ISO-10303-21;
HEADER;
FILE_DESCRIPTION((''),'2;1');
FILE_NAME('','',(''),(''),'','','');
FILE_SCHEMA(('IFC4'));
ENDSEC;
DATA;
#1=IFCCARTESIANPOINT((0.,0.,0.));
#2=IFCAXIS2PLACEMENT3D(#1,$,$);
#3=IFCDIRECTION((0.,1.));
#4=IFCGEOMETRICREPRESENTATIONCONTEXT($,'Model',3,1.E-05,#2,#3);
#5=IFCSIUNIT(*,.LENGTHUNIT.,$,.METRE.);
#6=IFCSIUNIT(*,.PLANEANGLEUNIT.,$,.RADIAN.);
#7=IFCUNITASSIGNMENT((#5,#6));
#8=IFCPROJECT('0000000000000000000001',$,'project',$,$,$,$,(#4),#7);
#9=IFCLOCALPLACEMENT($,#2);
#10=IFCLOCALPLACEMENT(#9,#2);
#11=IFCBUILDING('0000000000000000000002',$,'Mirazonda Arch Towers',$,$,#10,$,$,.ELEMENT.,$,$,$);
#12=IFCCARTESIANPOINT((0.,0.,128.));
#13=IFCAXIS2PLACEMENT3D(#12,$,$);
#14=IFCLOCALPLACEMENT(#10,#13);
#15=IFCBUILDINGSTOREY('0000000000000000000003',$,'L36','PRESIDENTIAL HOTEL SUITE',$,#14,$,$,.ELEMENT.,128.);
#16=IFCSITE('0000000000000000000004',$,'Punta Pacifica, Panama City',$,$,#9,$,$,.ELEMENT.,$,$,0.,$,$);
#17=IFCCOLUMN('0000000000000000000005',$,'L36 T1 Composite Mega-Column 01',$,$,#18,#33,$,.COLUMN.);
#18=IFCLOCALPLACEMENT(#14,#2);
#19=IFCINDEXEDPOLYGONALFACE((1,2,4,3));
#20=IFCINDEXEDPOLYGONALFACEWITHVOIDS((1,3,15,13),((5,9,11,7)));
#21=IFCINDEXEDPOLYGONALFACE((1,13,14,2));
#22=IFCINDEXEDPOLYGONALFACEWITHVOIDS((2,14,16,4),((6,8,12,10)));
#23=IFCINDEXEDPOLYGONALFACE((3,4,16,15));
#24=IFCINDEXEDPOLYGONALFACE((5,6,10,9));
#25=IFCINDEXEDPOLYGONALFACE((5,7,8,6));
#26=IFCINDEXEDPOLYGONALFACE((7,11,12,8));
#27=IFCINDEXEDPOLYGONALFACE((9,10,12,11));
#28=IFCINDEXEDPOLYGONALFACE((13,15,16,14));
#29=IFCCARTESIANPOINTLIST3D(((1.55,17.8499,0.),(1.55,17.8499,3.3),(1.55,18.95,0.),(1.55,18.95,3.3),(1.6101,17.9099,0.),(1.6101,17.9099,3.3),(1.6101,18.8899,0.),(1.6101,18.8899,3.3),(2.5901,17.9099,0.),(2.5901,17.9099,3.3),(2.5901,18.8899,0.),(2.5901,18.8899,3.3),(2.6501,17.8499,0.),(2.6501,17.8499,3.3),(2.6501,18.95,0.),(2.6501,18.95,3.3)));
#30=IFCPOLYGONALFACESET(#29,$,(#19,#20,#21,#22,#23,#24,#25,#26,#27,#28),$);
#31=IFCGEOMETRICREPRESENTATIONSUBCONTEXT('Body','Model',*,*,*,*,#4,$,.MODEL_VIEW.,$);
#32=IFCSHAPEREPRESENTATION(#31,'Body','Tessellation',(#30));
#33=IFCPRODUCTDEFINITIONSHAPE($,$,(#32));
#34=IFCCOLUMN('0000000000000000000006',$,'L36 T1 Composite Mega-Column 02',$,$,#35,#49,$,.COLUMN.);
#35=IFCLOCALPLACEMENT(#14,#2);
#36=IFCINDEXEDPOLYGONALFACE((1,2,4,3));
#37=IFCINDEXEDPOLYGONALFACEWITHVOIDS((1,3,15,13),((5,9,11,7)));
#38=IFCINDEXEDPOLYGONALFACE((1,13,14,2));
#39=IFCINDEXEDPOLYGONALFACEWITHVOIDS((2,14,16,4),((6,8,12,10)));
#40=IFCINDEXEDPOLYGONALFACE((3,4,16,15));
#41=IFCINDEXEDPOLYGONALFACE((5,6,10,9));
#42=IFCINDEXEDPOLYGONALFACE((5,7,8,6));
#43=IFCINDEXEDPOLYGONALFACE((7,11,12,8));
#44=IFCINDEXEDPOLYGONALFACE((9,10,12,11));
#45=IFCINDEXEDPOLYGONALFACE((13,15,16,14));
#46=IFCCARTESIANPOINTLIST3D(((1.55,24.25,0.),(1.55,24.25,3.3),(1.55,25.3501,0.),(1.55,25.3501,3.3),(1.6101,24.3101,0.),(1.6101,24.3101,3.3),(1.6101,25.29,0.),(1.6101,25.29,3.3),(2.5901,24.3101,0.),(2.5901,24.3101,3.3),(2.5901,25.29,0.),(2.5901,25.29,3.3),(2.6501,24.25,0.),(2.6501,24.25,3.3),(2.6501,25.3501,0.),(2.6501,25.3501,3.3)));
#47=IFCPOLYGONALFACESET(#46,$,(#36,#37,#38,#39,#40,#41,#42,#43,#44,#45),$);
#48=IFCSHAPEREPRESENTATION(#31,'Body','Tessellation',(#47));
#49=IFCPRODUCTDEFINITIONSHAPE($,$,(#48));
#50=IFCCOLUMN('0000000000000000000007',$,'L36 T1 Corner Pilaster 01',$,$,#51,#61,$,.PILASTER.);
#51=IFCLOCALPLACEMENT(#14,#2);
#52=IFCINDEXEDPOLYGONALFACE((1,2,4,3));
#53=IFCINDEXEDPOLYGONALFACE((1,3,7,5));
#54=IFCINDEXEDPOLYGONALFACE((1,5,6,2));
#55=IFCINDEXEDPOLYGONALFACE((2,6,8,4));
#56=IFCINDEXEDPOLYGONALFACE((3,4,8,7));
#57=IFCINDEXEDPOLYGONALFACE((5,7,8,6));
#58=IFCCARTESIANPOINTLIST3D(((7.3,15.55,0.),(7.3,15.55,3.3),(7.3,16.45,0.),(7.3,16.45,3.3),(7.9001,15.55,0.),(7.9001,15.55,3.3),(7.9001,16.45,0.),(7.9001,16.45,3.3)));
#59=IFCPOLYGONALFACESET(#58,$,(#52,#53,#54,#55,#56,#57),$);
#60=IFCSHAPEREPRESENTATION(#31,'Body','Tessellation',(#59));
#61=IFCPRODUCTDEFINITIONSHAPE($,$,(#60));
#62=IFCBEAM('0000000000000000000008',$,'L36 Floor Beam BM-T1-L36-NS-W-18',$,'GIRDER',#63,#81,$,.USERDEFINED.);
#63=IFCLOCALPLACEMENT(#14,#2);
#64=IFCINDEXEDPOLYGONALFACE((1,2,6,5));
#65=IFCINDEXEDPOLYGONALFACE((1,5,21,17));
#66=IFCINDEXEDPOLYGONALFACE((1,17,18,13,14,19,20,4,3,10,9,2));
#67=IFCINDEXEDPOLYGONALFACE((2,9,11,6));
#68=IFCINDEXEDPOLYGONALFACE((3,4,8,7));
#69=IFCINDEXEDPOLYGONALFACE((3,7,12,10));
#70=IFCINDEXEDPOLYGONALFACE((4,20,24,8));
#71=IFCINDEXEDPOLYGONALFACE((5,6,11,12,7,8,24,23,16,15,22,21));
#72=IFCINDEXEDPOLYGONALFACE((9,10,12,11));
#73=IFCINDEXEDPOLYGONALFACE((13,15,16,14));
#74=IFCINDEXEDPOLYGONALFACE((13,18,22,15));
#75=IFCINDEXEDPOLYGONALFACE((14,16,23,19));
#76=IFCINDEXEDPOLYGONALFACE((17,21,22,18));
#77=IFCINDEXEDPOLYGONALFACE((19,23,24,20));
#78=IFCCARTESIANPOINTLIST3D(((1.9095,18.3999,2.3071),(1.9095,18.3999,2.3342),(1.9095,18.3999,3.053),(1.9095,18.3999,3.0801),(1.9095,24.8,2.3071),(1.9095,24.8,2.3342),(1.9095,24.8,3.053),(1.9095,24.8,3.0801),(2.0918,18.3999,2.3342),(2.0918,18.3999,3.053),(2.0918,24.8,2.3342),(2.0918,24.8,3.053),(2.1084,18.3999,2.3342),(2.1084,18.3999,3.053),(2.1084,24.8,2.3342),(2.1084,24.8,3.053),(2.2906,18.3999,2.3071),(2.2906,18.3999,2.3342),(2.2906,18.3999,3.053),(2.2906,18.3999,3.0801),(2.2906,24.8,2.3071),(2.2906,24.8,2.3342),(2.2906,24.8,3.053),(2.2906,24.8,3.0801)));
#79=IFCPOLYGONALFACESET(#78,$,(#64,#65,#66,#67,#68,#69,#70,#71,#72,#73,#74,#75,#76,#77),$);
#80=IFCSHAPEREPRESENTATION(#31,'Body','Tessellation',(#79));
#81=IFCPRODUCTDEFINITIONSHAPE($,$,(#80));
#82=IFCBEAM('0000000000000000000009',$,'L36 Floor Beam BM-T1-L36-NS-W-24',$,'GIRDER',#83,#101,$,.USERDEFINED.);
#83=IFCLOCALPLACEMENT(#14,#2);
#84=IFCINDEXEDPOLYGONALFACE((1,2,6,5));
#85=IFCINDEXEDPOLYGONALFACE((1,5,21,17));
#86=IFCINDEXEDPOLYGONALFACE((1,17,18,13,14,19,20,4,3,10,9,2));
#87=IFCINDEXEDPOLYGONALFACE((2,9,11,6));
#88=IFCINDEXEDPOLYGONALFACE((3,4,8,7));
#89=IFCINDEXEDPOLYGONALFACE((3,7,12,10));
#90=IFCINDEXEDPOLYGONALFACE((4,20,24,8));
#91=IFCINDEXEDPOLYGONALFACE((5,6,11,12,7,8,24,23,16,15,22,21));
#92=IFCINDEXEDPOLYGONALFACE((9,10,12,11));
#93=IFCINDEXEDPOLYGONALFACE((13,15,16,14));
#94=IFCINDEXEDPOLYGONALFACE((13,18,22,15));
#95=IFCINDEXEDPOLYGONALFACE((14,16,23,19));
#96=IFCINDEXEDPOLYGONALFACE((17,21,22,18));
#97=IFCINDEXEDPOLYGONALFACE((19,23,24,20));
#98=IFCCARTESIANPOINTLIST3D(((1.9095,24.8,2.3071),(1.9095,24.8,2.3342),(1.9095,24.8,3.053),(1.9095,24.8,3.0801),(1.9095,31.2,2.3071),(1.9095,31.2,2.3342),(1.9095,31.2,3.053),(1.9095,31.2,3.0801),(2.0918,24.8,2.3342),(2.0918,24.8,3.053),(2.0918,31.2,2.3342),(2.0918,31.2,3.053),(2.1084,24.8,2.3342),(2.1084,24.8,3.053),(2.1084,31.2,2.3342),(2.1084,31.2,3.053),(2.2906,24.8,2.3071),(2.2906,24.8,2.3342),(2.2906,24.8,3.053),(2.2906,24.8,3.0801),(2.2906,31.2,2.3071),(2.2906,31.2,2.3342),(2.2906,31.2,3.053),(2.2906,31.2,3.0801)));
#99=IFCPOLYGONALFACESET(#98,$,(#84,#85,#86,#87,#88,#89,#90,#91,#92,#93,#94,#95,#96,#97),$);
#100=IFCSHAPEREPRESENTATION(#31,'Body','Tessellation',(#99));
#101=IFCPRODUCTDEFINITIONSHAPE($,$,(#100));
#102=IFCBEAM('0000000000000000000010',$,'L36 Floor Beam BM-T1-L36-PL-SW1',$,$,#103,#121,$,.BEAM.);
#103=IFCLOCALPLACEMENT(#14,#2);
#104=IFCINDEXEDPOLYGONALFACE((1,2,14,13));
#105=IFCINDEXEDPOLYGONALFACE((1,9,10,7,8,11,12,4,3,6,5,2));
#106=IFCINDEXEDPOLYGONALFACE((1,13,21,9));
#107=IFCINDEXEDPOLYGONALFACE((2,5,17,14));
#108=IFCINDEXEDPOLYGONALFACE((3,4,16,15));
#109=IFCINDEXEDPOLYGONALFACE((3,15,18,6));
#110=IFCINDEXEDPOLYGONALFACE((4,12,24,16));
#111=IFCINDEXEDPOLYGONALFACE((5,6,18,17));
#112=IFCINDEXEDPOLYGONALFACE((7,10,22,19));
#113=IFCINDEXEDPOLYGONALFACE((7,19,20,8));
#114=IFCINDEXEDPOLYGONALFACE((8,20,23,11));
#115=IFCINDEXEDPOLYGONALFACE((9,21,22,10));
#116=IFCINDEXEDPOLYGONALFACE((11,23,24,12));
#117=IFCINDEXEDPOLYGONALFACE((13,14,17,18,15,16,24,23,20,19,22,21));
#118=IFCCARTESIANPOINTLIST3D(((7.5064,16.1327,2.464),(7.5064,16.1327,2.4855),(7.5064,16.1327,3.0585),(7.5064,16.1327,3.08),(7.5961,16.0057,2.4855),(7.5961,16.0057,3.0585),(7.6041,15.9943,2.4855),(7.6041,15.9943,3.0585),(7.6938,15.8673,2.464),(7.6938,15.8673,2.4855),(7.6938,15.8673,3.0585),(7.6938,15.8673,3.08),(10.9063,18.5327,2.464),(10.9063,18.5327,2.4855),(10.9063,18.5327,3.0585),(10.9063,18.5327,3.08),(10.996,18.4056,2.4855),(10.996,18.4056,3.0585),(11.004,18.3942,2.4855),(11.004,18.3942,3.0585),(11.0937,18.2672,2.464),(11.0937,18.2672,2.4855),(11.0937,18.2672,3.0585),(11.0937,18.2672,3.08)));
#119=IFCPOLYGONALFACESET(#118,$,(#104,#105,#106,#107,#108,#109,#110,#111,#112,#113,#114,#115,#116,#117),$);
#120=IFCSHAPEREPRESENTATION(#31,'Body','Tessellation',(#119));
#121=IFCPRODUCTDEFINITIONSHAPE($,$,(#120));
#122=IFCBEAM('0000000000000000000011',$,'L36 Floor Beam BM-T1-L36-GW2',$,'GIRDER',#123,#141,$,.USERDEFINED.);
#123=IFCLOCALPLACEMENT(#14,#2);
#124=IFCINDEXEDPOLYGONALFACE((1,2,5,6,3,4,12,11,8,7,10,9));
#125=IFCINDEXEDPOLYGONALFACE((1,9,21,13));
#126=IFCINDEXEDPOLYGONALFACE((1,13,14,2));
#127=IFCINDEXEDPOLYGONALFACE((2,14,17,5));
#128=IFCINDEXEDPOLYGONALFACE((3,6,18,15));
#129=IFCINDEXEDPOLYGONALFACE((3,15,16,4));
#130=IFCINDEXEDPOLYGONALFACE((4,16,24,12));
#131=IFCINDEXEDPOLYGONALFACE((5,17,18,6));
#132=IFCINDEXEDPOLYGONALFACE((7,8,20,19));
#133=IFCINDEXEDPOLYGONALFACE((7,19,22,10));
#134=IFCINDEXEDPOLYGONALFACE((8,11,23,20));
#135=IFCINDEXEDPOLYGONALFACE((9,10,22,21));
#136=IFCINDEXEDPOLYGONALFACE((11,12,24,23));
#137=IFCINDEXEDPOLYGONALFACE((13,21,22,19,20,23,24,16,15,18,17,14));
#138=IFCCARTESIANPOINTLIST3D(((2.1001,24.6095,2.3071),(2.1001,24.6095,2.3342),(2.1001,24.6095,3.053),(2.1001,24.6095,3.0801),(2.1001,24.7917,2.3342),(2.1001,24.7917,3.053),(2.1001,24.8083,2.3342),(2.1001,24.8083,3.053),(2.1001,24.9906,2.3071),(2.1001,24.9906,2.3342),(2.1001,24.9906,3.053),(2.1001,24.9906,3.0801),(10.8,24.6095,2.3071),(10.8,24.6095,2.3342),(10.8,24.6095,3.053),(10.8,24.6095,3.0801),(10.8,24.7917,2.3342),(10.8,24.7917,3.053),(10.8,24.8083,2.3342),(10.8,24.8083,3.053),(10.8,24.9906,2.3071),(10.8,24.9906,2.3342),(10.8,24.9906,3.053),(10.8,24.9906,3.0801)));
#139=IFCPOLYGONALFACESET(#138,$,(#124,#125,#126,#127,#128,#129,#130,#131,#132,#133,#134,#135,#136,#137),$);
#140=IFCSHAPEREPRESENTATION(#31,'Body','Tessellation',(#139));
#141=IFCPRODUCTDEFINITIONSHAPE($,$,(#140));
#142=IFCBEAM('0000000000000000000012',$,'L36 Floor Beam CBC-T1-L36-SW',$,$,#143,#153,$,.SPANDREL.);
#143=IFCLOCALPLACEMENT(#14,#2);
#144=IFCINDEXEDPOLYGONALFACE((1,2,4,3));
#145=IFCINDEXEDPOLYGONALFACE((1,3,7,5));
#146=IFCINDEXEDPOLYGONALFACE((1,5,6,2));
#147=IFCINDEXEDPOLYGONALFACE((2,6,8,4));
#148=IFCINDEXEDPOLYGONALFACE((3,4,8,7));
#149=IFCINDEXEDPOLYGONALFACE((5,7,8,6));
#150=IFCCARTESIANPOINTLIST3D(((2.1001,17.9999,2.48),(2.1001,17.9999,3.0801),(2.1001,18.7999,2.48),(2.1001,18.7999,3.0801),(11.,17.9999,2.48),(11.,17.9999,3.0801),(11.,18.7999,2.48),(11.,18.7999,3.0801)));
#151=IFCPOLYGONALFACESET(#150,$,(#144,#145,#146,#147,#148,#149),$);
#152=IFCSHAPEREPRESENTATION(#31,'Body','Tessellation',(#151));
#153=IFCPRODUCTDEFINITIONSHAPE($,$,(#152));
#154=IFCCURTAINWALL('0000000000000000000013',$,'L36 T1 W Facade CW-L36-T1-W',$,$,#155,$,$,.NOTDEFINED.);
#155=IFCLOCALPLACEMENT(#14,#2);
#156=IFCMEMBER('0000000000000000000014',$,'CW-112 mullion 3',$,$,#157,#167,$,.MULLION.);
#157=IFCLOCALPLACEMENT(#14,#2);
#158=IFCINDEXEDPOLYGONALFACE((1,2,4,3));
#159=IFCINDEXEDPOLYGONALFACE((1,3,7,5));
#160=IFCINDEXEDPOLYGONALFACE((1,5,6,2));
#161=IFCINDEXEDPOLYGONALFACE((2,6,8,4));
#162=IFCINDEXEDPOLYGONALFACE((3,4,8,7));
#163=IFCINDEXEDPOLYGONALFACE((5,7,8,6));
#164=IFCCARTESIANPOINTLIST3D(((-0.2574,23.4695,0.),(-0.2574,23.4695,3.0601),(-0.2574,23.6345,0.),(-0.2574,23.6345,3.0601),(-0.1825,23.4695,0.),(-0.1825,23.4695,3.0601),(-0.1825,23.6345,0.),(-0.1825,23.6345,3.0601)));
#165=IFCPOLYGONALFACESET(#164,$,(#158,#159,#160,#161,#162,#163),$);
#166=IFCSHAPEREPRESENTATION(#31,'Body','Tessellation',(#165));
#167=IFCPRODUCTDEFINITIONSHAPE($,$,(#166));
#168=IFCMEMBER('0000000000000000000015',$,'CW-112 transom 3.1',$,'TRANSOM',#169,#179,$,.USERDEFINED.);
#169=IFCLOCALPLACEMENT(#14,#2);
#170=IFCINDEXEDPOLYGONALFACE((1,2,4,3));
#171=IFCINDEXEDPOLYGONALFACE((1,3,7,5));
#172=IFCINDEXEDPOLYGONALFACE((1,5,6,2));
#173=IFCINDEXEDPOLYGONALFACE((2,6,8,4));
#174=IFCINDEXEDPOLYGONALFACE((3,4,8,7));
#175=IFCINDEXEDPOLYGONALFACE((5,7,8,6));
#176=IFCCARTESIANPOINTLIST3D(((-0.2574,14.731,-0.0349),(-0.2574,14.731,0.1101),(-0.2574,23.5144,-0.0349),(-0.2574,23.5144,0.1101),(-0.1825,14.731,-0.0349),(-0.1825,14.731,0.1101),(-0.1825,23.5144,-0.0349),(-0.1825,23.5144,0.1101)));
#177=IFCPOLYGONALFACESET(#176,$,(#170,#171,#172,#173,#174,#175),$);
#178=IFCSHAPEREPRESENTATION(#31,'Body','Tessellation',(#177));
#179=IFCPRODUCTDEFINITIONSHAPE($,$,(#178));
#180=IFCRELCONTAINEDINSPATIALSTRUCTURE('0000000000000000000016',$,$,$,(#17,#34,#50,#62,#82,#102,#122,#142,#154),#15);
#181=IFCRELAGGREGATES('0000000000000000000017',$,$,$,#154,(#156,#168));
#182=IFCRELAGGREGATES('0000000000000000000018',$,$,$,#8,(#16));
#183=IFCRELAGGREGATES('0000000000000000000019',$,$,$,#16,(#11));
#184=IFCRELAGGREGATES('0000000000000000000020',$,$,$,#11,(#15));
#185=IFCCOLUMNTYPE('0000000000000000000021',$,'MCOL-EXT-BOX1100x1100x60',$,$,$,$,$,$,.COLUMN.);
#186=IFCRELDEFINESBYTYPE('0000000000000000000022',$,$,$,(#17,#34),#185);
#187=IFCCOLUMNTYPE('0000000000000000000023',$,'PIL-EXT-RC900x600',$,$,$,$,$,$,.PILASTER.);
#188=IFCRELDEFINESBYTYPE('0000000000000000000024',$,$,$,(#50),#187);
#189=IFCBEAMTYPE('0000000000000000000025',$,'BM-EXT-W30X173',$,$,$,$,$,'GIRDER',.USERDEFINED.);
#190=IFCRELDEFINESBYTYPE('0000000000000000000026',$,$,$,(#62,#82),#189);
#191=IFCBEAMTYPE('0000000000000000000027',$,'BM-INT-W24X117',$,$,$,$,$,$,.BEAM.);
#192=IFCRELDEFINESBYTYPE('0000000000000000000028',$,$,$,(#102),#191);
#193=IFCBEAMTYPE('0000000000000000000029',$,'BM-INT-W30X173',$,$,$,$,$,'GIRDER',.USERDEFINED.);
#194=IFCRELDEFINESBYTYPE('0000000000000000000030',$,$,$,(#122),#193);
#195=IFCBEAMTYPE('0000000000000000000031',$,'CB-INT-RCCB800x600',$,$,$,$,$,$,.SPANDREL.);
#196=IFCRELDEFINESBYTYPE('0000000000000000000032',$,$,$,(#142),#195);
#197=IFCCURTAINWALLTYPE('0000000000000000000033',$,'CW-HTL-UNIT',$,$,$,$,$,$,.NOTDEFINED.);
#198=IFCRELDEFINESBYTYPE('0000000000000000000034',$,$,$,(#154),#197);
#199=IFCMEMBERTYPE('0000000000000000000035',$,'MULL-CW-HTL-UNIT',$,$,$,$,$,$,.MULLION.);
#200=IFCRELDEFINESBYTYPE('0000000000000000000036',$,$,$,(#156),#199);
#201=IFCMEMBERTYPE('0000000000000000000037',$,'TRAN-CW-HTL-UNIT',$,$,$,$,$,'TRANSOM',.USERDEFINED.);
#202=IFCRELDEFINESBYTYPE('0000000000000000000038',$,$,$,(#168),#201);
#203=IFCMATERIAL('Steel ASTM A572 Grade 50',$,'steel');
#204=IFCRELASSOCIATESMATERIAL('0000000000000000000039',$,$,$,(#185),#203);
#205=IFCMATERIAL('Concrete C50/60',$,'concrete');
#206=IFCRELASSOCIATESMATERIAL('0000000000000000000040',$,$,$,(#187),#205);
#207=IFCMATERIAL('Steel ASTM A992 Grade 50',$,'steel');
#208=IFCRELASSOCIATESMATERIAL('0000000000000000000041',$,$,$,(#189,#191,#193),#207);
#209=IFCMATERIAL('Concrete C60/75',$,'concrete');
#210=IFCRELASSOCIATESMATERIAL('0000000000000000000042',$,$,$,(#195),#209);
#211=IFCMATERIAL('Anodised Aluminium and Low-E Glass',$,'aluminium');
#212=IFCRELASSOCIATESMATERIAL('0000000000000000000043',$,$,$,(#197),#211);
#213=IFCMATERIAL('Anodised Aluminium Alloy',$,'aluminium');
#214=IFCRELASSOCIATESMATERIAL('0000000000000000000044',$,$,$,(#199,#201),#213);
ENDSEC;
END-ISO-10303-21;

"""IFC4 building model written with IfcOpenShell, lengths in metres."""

from ifc_helpers import new_model, si_unit, direction, frame, origin, origin_2d, place, context, subcontext, project, spatial, rectangle, hollow_rectangle, i_section, extrude, material, material_profile, profile_set, type_object, element, aggregate, save


model = new_model("IFC4")

# Units and contexts
model_context = context("Model", 3, precision=1e-05, world=origin(), true_north=direction((0.0, 1.0)))
body_context = subcontext(model_context, "Body", "Model", "MODEL_VIEW")
ifc_project = project(units=[si_unit("LENGTHUNIT", "METRE"), si_unit("PLANEANGLEUNIT", "RADIAN")], contexts=[model_context])

# Site, building, storey
site_placement = place(None, origin())
site = spatial("IfcSite", under=ifc_project, at=site_placement, Name="Punta Pacifica, Panama City", CompositionType="ELEMENT", RefElevation=0.0)
building_placement = place(site_placement, origin())
building = spatial("IfcBuilding", under=site, at=building_placement, Name="Mirazonda Arch Towers", CompositionType="ELEMENT")
storey_placement = place(building_placement, frame((0.0, 0.0, 128.0)))
storey = spatial("IfcBuildingStorey", under=building, at=storey_placement, Name="L36", Description="PRESIDENTIAL HOTEL SUITE", CompositionType="ELEMENT", Elevation=128.0)

# Columns
ifc_material_1 = material(Name="Steel ASTM A572 Grade 50", Category="steel")
ifc_material_profile_1 = material_profile(ifc_material_1, hollow_rectangle(XDim=1.1001, YDim=1.1001, WallThickness=0.0601, at=origin_2d()), Name="BOX1100x1100x60")
ifc_profile_set_1 = profile_set([ifc_material_profile_1], Name="Steel ASTM A572 Grade 50")
column_type_1 = type_object("IfcColumnType", Name="MCOL-EXT-BOX1100x1100x60", PredefinedType="COLUMN", material=ifc_profile_set_1)
for number, where, z_axis, x_axis, name in (
    (1, (2.1001, 18.3999, 0.0), (0.0, 0.0, 1.0), (1.0, 0.0, 0.0), "L36 T1 Composite Mega-Column 01"),
    (2, (2.1001, 24.8, 0.0), (0.0, 0.0, 1.0), (1.0, 0.0, 0.0), "L36 T1 Composite Mega-Column 02"),
):
    element("IfcColumn", number, at=place(storey_placement, frame(where, z_axis=z_axis, x_axis=x_axis)), inside=storey, type_object=column_type_1, Name=name, PredefinedType="COLUMN", context=body_context, shape_type="SweptSolid", body=[
        extrude(hollow_rectangle(XDim=1.1001, YDim=1.1001, WallThickness=0.0601, at=origin_2d()), origin(), (0.0, 0.0, 1.0), 3.3),
    ])
ifc_material_2 = material(Name="Concrete C50/60", Category="concrete")
ifc_material_profile_2 = material_profile(ifc_material_2, rectangle(XDim=0.6001, YDim=0.8999, at=origin_2d()), Name="RC900x600")
ifc_profile_set_2 = profile_set([ifc_material_profile_2], Name="Concrete C50/60")
column_type_2 = type_object("IfcColumnType", Name="PIL-EXT-RC900x600", PredefinedType="PILASTER", material=ifc_profile_set_2)
column_placement = place(storey_placement, frame((7.6001, 16.0, 0.0), z_axis=(0.0, 0.0, 1.0), x_axis=(1.0, 0.0, 0.0)))
element("IfcColumn", 3, at=column_placement, inside=storey, type_object=column_type_2, Name="L36 T1 Corner Pilaster 01", PredefinedType="PILASTER", context=body_context, shape_type="SweptSolid", body=[
    extrude(rectangle(XDim=0.6001, YDim=0.8999, at=origin_2d()), origin(), (0.0, 0.0, 1.0), 3.3),
])

# Beams
ifc_material_3 = material(Name="Steel ASTM A992 Grade 50", Category="steel")
ifc_material_profile_3 = material_profile(ifc_material_3, i_section(OverallWidth=0.3811, OverallDepth=0.7729, WebThickness=0.0166, FlangeThickness=0.0271, at=origin_2d()), Name="W30X173")
ifc_profile_set_3 = profile_set([ifc_material_profile_3], Name="Steel ASTM A992 Grade 50")
beam_type_1 = type_object("IfcBeamType", Name="BM-EXT-W30X173", ElementType="GIRDER", PredefinedType="USERDEFINED", material=ifc_profile_set_3)
beam_1_placement = place(storey_placement, frame((2.1001, 18.3999, 2.6936), z_axis=(0.0, 1.0, 0.0), x_axis=(-1.0, 0.0, 0.0)))
element("IfcBeam", 4, at=beam_1_placement, inside=storey, type_object=beam_type_1, Name="L36 Floor Beam BM-T1-L36-NS-W-18", ObjectType="GIRDER", PredefinedType="USERDEFINED", context=body_context, shape_type="SweptSolid", body=[
    extrude(i_section(OverallWidth=0.3811, OverallDepth=0.7729, WebThickness=0.0166, FlangeThickness=0.0271, at=origin_2d()), origin(), (0.0, 0.0, 1.0), 6.4001),
])
beam_2_placement = place(storey_placement, frame((2.1001, 24.8, 2.6936), z_axis=(0.0, 1.0, 0.0), x_axis=(-1.0, 0.0, 0.0)))
element("IfcBeam", 5, at=beam_2_placement, inside=storey, type_object=beam_type_1, Name="L36 Floor Beam BM-T1-L36-NS-W-24", ObjectType="GIRDER", PredefinedType="USERDEFINED", context=body_context, shape_type="SweptSolid", body=[
    extrude(i_section(OverallWidth=0.3811, OverallDepth=0.7729, WebThickness=0.0166, FlangeThickness=0.0271, at=origin_2d()), origin(), (0.0, 0.0, 1.0), 6.3999),
])
ifc_material_profile_4 = material_profile(ifc_material_3, i_section(OverallWidth=0.325, OverallDepth=0.616, WebThickness=0.0139, FlangeThickness=0.0215, at=origin_2d()), Name="W24X117")
ifc_profile_set_4 = profile_set([ifc_material_profile_4], Name="Steel ASTM A992 Grade 50")
beam_type_2 = type_object("IfcBeamType", Name="BM-INT-W24X117", PredefinedType="BEAM", material=ifc_profile_set_4)
beam_3_placement = place(storey_placement, frame((7.6001, 16.0, 2.772), z_axis=(0.816971, 0.576679, 0.0), x_axis=(-0.576679, 0.816971, 0.0)))
element("IfcBeam", 6, at=beam_3_placement, inside=storey, type_object=beam_type_2, Name="L36 Floor Beam BM-T1-L36-PL-SW1", PredefinedType="BEAM", context=body_context, shape_type="SweptSolid", body=[
    extrude(i_section(OverallWidth=0.325, OverallDepth=0.616, WebThickness=0.0139, FlangeThickness=0.0215, at=origin_2d()), origin(), (0.0, 0.0, 1.0), 4.1616),
])
ifc_material_profile_5 = material_profile(ifc_material_3, i_section(OverallWidth=0.3811, OverallDepth=0.7729, WebThickness=0.0166, FlangeThickness=0.0271, at=origin_2d()), Name="W30X173")
ifc_profile_set_5 = profile_set([ifc_material_profile_5], Name="Steel ASTM A992 Grade 50")
beam_type_3 = type_object("IfcBeamType", Name="BM-INT-W30X173", ElementType="GIRDER", PredefinedType="USERDEFINED", material=ifc_profile_set_5)
beam_4_placement = place(storey_placement, frame((2.1001, 24.8, 2.6936), z_axis=(1.0, 0.0, 0.0), x_axis=(0.0, 1.0, 0.0)))
element("IfcBeam", 7, at=beam_4_placement, inside=storey, type_object=beam_type_3, Name="L36 Floor Beam BM-T1-L36-GW2", ObjectType="GIRDER", PredefinedType="USERDEFINED", context=body_context, shape_type="SweptSolid", body=[
    extrude(i_section(OverallWidth=0.3811, OverallDepth=0.7729, WebThickness=0.0166, FlangeThickness=0.0271, at=origin_2d()), origin(), (0.0, 0.0, 1.0), 8.7),
])
ifc_material_4 = material(Name="Concrete C60/75", Category="concrete")
ifc_material_profile_6 = material_profile(ifc_material_4, rectangle(XDim=0.8, YDim=0.6001, at=origin_2d()), Name="RCCB800x600")
ifc_profile_set_6 = profile_set([ifc_material_profile_6], Name="Concrete C60/75")
beam_type_4 = type_object("IfcBeamType", Name="CB-INT-RCCB800x600", PredefinedType="SPANDREL", material=ifc_profile_set_6)
beam_5_placement = place(storey_placement, frame((2.1001, 18.3999, 2.78), z_axis=(1.0, 0.0, 0.0), x_axis=(0.0, 1.0, 0.0)))
element("IfcBeam", 8, at=beam_5_placement, inside=storey, type_object=beam_type_4, Name="L36 Floor Beam CBC-T1-L36-SW", PredefinedType="SPANDREL", context=body_context, shape_type="SweptSolid", body=[
    extrude(rectangle(XDim=0.8, YDim=0.6001, at=origin_2d()), origin(), (0.0, 0.0, 1.0), 8.8999),
])

# Curtain wall, members
ifc_material_5 = material(Name="Anodised Aluminium and Low-E Glass", Category="aluminium")
curtain_wall_type = type_object("IfcCurtainWallType", Name="CW-HTL-UNIT", PredefinedType="NOTDEFINED", material=ifc_material_5)
curtain_wall_placement = place(storey_placement, origin())
curtain_wall = element("IfcCurtainWall", 9, at=curtain_wall_placement, inside=storey, type_object=curtain_wall_type, Name="L36 T1 W Facade CW-L36-T1-W", PredefinedType="NOTDEFINED")
ifc_material_6 = material(Name="Anodised Aluminium Alloy", Category="aluminium")
ifc_material_profile_7 = material_profile(ifc_material_6, rectangle(XDim=0.075, YDim=0.165, at=origin_2d()), Name="ALU-MULL-75x165")
ifc_profile_set_7 = profile_set([ifc_material_profile_7], Name="Anodised Aluminium Alloy")
member_type_1 = type_object("IfcMemberType", Name="MULL-CW-HTL-UNIT", PredefinedType="MULLION", material=ifc_profile_set_7)
member_1_placement = place(storey_placement, frame((-0.22, 23.552, 0.0), z_axis=(0.0, 0.0, 1.0), x_axis=(1.0, 0.0, 0.0)))
member_1 = element("IfcMember", 10, at=member_1_placement, type_object=member_type_1, Name="CW-112 mullion 3", PredefinedType="MULLION", context=body_context, shape_type="SweptSolid", body=[
    extrude(rectangle(XDim=0.075, YDim=0.165, at=origin_2d()), origin(), (0.0, 0.0, 1.0), 3.0601),
])
ifc_material_profile_8 = material_profile(ifc_material_6, rectangle(XDim=0.075, YDim=0.145, at=origin_2d()), Name="ALU-TRAN-75x145")
ifc_profile_set_8 = profile_set([ifc_material_profile_8], Name="Anodised Aluminium Alloy")
member_type_2 = type_object("IfcMemberType", Name="TRAN-CW-HTL-UNIT", ElementType="TRANSOM", PredefinedType="USERDEFINED", material=ifc_profile_set_8)
member_2_placement = place(storey_placement, frame((-0.22, 23.5144, 0.0376), z_axis=(0.0, -1.0, 0.0), x_axis=(1.0, 0.0, 0.0)))
member_2 = element("IfcMember", 11, at=member_2_placement, type_object=member_type_2, Name="CW-112 transom 3.1", ObjectType="TRANSOM", PredefinedType="USERDEFINED", context=body_context, shape_type="SweptSolid", body=[
    extrude(rectangle(XDim=0.075, YDim=0.145, at=origin_2d()), origin(), (0.0, 0.0, 1.0), 8.7834),
])
aggregate(curtain_wall, [member_1, member_2])

save(model, "model.ifc")
